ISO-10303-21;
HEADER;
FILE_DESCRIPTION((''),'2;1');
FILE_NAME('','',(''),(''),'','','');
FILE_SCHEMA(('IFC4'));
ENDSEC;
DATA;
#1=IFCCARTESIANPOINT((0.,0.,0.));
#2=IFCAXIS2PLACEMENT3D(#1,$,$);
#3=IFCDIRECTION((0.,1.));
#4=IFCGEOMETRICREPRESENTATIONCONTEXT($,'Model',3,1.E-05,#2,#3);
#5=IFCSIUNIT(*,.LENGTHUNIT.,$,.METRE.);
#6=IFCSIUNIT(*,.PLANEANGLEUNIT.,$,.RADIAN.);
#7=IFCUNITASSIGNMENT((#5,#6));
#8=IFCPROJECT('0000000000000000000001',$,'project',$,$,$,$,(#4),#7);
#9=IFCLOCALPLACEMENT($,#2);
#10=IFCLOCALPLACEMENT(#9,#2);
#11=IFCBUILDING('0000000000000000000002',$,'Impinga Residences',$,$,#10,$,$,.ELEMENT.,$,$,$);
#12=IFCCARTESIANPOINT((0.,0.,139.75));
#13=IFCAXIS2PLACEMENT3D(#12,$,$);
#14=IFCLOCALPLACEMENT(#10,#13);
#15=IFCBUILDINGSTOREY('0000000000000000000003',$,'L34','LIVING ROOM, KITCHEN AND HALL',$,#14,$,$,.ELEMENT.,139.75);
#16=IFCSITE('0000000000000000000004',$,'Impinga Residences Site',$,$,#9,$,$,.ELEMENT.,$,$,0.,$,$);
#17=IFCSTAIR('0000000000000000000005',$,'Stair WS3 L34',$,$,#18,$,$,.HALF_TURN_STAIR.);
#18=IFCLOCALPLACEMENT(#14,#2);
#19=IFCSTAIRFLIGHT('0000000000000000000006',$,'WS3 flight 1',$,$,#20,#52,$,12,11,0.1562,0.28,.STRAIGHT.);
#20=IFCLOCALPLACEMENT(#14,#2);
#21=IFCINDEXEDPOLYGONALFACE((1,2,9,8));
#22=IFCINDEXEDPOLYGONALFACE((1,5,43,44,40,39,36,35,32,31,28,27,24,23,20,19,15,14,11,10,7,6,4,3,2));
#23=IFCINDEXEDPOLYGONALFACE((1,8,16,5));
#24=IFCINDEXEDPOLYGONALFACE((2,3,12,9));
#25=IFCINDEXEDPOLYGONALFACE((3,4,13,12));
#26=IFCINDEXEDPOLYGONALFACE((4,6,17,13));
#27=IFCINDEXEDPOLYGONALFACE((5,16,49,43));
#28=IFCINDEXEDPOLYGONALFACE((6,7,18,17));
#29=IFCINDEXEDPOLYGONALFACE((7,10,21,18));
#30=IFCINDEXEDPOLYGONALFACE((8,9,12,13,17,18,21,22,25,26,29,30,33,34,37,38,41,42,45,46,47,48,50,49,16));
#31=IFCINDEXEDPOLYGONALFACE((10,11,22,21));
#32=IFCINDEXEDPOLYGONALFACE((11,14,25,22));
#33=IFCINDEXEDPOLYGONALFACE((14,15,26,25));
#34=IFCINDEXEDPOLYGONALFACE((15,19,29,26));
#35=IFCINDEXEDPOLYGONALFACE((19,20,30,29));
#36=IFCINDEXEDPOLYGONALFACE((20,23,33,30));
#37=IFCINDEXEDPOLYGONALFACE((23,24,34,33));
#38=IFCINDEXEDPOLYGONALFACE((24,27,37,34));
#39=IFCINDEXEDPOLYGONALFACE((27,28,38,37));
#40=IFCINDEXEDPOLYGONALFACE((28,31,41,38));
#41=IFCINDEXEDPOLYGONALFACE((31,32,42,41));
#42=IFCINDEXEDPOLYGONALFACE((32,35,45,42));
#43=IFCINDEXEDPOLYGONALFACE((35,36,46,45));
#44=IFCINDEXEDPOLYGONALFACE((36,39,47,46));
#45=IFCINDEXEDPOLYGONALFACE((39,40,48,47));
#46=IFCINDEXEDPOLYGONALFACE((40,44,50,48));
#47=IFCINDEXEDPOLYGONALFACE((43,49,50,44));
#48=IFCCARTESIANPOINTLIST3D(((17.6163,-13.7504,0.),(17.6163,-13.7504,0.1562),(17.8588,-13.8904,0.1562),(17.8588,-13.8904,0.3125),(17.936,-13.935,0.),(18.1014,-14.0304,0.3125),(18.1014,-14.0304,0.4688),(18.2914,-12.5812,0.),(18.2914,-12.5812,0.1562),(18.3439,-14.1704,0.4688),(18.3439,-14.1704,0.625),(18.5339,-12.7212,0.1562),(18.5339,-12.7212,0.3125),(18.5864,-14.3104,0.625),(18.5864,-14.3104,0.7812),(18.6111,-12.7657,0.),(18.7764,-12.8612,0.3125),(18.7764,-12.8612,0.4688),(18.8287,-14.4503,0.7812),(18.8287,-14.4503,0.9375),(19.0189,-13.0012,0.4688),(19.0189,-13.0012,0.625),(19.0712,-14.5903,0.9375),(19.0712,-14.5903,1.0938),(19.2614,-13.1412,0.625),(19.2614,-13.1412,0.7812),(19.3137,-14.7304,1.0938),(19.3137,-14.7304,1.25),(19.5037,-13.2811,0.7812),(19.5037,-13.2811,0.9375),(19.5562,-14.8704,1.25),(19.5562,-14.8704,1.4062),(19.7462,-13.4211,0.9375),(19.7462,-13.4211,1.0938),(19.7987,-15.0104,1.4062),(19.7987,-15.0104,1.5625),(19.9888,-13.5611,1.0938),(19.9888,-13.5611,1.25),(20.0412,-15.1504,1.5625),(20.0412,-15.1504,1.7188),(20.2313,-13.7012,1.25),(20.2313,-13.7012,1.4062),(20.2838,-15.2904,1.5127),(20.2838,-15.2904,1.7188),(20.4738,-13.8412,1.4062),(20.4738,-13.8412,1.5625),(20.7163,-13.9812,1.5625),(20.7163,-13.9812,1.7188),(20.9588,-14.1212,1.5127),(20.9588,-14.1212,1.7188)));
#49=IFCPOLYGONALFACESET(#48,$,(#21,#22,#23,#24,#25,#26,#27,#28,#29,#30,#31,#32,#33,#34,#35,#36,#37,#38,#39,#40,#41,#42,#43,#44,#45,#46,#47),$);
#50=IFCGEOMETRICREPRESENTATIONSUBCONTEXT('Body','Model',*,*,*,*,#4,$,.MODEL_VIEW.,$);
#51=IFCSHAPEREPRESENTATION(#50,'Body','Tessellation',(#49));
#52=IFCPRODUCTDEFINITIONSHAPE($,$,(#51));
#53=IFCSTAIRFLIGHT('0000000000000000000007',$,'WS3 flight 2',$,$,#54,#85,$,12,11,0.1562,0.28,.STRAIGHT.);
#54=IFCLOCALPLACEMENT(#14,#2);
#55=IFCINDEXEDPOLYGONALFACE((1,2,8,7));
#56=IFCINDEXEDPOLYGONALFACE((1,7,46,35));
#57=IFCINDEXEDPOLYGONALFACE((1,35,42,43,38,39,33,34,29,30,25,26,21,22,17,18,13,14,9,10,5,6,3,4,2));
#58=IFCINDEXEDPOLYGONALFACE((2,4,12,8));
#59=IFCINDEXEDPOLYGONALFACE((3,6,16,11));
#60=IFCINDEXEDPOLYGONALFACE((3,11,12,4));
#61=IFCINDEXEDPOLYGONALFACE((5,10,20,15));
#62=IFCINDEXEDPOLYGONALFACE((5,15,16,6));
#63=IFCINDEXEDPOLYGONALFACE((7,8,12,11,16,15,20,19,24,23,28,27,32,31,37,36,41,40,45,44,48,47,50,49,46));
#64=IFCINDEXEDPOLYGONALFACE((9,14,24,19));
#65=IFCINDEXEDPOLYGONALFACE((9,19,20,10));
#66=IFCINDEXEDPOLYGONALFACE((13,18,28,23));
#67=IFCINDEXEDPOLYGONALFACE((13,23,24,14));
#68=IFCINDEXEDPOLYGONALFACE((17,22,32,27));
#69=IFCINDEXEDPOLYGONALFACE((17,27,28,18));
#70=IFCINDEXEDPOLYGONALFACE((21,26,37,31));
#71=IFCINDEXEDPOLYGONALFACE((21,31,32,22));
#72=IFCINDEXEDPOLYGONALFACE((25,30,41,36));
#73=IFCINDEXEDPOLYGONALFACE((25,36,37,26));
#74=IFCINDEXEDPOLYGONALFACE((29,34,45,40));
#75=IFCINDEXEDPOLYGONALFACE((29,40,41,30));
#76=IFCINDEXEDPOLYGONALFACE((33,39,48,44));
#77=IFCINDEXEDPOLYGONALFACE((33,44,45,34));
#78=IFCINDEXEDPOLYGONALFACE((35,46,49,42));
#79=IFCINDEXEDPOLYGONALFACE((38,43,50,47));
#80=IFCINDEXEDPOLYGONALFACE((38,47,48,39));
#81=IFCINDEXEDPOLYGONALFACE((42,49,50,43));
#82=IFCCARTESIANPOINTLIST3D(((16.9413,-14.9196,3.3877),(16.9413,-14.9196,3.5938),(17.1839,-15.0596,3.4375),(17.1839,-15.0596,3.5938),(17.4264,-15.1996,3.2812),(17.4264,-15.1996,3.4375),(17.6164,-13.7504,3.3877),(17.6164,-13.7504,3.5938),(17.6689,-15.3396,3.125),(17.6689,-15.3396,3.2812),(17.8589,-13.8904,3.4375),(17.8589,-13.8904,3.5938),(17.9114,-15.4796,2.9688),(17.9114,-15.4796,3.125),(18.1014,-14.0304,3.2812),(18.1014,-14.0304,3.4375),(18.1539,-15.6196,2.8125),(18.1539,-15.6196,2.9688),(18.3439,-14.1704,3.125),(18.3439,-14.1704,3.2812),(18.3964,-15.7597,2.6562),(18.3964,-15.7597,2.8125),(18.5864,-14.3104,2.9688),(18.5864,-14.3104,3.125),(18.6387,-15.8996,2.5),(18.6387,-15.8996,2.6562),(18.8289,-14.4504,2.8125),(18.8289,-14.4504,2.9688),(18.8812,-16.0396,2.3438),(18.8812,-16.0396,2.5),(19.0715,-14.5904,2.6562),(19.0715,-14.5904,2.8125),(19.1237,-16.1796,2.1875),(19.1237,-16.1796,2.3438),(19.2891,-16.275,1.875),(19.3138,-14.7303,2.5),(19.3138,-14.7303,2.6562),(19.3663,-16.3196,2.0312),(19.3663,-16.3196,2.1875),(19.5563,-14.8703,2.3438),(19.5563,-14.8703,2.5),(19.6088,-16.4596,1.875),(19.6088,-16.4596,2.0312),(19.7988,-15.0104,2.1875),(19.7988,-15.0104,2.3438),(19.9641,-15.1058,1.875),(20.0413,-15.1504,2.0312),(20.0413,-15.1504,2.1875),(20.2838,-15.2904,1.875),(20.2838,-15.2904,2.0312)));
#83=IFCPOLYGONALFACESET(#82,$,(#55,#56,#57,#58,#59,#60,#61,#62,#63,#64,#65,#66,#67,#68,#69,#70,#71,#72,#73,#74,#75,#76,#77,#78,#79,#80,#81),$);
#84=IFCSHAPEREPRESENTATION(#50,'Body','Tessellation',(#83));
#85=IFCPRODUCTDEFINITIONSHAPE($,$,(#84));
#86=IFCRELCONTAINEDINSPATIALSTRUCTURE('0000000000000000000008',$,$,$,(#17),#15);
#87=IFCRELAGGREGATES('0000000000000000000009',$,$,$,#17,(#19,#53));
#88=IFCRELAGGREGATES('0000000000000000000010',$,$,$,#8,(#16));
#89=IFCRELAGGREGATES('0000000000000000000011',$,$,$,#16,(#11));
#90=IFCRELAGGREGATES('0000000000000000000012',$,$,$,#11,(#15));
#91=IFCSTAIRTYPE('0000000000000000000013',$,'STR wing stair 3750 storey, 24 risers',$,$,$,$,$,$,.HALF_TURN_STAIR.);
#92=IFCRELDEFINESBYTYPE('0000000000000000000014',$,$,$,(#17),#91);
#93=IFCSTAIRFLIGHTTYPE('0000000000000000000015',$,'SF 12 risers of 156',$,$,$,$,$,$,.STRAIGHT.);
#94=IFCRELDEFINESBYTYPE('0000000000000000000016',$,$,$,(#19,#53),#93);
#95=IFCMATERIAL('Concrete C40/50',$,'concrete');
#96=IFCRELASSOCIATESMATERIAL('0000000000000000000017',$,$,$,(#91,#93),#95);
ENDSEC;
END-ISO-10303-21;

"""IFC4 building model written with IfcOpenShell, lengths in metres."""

from ifc_helpers import new_model, si_unit, direction, frame, origin, place, context, subcontext, project, spatial, polyline, outline, extrude, material, type_object, element, aggregate, save


model = new_model("IFC4")

# Units and contexts
model_context = context("Model", 3, precision=1e-05, world=origin(), true_north=direction((0.0, 1.0)))
body_context = subcontext(model_context, "Body", "Model", "MODEL_VIEW")
ifc_project = project(units=[si_unit("LENGTHUNIT", "METRE"), si_unit("PLANEANGLEUNIT", "RADIAN")], contexts=[model_context])

# Site, building, storey
site_placement = place(None, origin())
site = spatial("IfcSite", under=ifc_project, at=site_placement, Name="Impinga Residences Site", CompositionType="ELEMENT", RefElevation=0.0)
building_placement = place(site_placement, origin())
building = spatial("IfcBuilding", under=site, at=building_placement, Name="Impinga Residences", CompositionType="ELEMENT")
storey_placement = place(building_placement, frame((0.0, 0.0, 139.75)))
storey = spatial("IfcBuildingStorey", under=building, at=storey_placement, Name="L34", Description="LIVING ROOM, KITCHEN AND HALL", CompositionType="ELEMENT", Elevation=139.75)

# Stair, stair flights
ifc_material_1 = material(Name="Concrete C40/50", Category="concrete")
stair_type = type_object("IfcStairType", Name="STR wing stair 3750 storey, 24 risers", PredefinedType="HALF_TURN_STAIR", material=ifc_material_1)
stair_placement = place(storey_placement, origin())
stair = element("IfcStair", 1, at=stair_placement, inside=storey, type_object=stair_type, Name="Stair WS3 L34", PredefinedType="HALF_TURN_STAIR")
stair_flight_type = type_object("IfcStairFlightType", Name="SF 12 risers of 156", PredefinedType="STRAIGHT", material=ifc_material_1)
stair_flight_1_placement = place(storey_placement, frame((17.9539, -13.1658, 0.0), z_axis=(0.0, 0.0, 1.0), x_axis=(0.866025, -0.5, 0.0)))
stair_flight_1 = element("IfcStairFlight", 2, at=stair_flight_1_placement, type_object=stair_flight_type, Name="WS3 flight 1", NumberOfRisers=12, NumberOfTreads=11, PredefinedType="STRAIGHT", RiserHeight=0.1562, TreadLength=0.28, context=body_context, shape_type="SweptSolid", body=[
    extrude(outline(polyline([(0.0, 0.0), (0.0, 0.1562), (0.28, 0.1562), (0.28, 0.3125), (0.5601, 0.3125), (0.5601, 0.4688), (0.8401, 0.4688), (0.8401, 0.625), (1.1201, 0.625), (1.1201, 0.7812), (1.3999, 0.7812), (1.3999, 0.9375), (1.6799, 0.9375), (1.6799, 1.0938), (1.96, 1.0938), (1.96, 1.25), (2.24, 1.25), (2.24, 1.4062), (2.52, 1.4062), (2.52, 1.5625), (2.8, 1.5625), (2.8, 1.7188), (3.0801, 1.7188), (3.0801, 1.875), (3.0801, 1.5127), (0.3691, 0.0), (0.0, 0.0)])), frame((0.0, 0.675, 0.0), z_axis=(0.0, -1.0, 0.0), x_axis=(1.0, 0.0, 0.0)), (0.0, 0.0, 1.0), 1.3501),
])
stair_flight_2_placement = place(storey_placement, frame((19.9463, -15.875, 1.875), z_axis=(0.0, 0.0, 1.0), x_axis=(-0.866025, 0.5, 0.0)))
stair_flight_2 = element("IfcStairFlight", 3, at=stair_flight_2_placement, type_object=stair_flight_type, Name="WS3 flight 2", NumberOfRisers=12, NumberOfTreads=11, PredefinedType="STRAIGHT", RiserHeight=0.1562, TreadLength=0.28, context=body_context, shape_type="SweptSolid", body=[
    extrude(outline(polyline([(0.0, 0.0), (0.0, 0.1562), (0.28, 0.1562), (0.28, 0.3125), (0.5601, 0.3125), (0.5601, 0.4688), (0.8401, 0.4688), (0.8401, 0.625), (1.1201, 0.625), (1.1201, 0.7812), (1.3999, 0.7812), (1.3999, 0.9375), (1.6799, 0.9375), (1.6799, 1.0938), (1.96, 1.0938), (1.96, 1.25), (2.24, 1.25), (2.24, 1.4062), (2.52, 1.4062), (2.52, 1.5625), (2.8, 1.5625), (2.8, 1.7188), (3.0801, 1.7188), (3.0801, 1.875), (3.0801, 1.5127), (0.3691, 0.0), (0.0, 0.0)])), frame((0.0, 0.675, 0.0), z_axis=(0.0, -1.0, 0.0), x_axis=(1.0, 0.0, 0.0)), (0.0, 0.0, 1.0), 1.3501),
])
aggregate(stair, [stair_flight_1, stair_flight_2])

save(model, "model.ifc")
